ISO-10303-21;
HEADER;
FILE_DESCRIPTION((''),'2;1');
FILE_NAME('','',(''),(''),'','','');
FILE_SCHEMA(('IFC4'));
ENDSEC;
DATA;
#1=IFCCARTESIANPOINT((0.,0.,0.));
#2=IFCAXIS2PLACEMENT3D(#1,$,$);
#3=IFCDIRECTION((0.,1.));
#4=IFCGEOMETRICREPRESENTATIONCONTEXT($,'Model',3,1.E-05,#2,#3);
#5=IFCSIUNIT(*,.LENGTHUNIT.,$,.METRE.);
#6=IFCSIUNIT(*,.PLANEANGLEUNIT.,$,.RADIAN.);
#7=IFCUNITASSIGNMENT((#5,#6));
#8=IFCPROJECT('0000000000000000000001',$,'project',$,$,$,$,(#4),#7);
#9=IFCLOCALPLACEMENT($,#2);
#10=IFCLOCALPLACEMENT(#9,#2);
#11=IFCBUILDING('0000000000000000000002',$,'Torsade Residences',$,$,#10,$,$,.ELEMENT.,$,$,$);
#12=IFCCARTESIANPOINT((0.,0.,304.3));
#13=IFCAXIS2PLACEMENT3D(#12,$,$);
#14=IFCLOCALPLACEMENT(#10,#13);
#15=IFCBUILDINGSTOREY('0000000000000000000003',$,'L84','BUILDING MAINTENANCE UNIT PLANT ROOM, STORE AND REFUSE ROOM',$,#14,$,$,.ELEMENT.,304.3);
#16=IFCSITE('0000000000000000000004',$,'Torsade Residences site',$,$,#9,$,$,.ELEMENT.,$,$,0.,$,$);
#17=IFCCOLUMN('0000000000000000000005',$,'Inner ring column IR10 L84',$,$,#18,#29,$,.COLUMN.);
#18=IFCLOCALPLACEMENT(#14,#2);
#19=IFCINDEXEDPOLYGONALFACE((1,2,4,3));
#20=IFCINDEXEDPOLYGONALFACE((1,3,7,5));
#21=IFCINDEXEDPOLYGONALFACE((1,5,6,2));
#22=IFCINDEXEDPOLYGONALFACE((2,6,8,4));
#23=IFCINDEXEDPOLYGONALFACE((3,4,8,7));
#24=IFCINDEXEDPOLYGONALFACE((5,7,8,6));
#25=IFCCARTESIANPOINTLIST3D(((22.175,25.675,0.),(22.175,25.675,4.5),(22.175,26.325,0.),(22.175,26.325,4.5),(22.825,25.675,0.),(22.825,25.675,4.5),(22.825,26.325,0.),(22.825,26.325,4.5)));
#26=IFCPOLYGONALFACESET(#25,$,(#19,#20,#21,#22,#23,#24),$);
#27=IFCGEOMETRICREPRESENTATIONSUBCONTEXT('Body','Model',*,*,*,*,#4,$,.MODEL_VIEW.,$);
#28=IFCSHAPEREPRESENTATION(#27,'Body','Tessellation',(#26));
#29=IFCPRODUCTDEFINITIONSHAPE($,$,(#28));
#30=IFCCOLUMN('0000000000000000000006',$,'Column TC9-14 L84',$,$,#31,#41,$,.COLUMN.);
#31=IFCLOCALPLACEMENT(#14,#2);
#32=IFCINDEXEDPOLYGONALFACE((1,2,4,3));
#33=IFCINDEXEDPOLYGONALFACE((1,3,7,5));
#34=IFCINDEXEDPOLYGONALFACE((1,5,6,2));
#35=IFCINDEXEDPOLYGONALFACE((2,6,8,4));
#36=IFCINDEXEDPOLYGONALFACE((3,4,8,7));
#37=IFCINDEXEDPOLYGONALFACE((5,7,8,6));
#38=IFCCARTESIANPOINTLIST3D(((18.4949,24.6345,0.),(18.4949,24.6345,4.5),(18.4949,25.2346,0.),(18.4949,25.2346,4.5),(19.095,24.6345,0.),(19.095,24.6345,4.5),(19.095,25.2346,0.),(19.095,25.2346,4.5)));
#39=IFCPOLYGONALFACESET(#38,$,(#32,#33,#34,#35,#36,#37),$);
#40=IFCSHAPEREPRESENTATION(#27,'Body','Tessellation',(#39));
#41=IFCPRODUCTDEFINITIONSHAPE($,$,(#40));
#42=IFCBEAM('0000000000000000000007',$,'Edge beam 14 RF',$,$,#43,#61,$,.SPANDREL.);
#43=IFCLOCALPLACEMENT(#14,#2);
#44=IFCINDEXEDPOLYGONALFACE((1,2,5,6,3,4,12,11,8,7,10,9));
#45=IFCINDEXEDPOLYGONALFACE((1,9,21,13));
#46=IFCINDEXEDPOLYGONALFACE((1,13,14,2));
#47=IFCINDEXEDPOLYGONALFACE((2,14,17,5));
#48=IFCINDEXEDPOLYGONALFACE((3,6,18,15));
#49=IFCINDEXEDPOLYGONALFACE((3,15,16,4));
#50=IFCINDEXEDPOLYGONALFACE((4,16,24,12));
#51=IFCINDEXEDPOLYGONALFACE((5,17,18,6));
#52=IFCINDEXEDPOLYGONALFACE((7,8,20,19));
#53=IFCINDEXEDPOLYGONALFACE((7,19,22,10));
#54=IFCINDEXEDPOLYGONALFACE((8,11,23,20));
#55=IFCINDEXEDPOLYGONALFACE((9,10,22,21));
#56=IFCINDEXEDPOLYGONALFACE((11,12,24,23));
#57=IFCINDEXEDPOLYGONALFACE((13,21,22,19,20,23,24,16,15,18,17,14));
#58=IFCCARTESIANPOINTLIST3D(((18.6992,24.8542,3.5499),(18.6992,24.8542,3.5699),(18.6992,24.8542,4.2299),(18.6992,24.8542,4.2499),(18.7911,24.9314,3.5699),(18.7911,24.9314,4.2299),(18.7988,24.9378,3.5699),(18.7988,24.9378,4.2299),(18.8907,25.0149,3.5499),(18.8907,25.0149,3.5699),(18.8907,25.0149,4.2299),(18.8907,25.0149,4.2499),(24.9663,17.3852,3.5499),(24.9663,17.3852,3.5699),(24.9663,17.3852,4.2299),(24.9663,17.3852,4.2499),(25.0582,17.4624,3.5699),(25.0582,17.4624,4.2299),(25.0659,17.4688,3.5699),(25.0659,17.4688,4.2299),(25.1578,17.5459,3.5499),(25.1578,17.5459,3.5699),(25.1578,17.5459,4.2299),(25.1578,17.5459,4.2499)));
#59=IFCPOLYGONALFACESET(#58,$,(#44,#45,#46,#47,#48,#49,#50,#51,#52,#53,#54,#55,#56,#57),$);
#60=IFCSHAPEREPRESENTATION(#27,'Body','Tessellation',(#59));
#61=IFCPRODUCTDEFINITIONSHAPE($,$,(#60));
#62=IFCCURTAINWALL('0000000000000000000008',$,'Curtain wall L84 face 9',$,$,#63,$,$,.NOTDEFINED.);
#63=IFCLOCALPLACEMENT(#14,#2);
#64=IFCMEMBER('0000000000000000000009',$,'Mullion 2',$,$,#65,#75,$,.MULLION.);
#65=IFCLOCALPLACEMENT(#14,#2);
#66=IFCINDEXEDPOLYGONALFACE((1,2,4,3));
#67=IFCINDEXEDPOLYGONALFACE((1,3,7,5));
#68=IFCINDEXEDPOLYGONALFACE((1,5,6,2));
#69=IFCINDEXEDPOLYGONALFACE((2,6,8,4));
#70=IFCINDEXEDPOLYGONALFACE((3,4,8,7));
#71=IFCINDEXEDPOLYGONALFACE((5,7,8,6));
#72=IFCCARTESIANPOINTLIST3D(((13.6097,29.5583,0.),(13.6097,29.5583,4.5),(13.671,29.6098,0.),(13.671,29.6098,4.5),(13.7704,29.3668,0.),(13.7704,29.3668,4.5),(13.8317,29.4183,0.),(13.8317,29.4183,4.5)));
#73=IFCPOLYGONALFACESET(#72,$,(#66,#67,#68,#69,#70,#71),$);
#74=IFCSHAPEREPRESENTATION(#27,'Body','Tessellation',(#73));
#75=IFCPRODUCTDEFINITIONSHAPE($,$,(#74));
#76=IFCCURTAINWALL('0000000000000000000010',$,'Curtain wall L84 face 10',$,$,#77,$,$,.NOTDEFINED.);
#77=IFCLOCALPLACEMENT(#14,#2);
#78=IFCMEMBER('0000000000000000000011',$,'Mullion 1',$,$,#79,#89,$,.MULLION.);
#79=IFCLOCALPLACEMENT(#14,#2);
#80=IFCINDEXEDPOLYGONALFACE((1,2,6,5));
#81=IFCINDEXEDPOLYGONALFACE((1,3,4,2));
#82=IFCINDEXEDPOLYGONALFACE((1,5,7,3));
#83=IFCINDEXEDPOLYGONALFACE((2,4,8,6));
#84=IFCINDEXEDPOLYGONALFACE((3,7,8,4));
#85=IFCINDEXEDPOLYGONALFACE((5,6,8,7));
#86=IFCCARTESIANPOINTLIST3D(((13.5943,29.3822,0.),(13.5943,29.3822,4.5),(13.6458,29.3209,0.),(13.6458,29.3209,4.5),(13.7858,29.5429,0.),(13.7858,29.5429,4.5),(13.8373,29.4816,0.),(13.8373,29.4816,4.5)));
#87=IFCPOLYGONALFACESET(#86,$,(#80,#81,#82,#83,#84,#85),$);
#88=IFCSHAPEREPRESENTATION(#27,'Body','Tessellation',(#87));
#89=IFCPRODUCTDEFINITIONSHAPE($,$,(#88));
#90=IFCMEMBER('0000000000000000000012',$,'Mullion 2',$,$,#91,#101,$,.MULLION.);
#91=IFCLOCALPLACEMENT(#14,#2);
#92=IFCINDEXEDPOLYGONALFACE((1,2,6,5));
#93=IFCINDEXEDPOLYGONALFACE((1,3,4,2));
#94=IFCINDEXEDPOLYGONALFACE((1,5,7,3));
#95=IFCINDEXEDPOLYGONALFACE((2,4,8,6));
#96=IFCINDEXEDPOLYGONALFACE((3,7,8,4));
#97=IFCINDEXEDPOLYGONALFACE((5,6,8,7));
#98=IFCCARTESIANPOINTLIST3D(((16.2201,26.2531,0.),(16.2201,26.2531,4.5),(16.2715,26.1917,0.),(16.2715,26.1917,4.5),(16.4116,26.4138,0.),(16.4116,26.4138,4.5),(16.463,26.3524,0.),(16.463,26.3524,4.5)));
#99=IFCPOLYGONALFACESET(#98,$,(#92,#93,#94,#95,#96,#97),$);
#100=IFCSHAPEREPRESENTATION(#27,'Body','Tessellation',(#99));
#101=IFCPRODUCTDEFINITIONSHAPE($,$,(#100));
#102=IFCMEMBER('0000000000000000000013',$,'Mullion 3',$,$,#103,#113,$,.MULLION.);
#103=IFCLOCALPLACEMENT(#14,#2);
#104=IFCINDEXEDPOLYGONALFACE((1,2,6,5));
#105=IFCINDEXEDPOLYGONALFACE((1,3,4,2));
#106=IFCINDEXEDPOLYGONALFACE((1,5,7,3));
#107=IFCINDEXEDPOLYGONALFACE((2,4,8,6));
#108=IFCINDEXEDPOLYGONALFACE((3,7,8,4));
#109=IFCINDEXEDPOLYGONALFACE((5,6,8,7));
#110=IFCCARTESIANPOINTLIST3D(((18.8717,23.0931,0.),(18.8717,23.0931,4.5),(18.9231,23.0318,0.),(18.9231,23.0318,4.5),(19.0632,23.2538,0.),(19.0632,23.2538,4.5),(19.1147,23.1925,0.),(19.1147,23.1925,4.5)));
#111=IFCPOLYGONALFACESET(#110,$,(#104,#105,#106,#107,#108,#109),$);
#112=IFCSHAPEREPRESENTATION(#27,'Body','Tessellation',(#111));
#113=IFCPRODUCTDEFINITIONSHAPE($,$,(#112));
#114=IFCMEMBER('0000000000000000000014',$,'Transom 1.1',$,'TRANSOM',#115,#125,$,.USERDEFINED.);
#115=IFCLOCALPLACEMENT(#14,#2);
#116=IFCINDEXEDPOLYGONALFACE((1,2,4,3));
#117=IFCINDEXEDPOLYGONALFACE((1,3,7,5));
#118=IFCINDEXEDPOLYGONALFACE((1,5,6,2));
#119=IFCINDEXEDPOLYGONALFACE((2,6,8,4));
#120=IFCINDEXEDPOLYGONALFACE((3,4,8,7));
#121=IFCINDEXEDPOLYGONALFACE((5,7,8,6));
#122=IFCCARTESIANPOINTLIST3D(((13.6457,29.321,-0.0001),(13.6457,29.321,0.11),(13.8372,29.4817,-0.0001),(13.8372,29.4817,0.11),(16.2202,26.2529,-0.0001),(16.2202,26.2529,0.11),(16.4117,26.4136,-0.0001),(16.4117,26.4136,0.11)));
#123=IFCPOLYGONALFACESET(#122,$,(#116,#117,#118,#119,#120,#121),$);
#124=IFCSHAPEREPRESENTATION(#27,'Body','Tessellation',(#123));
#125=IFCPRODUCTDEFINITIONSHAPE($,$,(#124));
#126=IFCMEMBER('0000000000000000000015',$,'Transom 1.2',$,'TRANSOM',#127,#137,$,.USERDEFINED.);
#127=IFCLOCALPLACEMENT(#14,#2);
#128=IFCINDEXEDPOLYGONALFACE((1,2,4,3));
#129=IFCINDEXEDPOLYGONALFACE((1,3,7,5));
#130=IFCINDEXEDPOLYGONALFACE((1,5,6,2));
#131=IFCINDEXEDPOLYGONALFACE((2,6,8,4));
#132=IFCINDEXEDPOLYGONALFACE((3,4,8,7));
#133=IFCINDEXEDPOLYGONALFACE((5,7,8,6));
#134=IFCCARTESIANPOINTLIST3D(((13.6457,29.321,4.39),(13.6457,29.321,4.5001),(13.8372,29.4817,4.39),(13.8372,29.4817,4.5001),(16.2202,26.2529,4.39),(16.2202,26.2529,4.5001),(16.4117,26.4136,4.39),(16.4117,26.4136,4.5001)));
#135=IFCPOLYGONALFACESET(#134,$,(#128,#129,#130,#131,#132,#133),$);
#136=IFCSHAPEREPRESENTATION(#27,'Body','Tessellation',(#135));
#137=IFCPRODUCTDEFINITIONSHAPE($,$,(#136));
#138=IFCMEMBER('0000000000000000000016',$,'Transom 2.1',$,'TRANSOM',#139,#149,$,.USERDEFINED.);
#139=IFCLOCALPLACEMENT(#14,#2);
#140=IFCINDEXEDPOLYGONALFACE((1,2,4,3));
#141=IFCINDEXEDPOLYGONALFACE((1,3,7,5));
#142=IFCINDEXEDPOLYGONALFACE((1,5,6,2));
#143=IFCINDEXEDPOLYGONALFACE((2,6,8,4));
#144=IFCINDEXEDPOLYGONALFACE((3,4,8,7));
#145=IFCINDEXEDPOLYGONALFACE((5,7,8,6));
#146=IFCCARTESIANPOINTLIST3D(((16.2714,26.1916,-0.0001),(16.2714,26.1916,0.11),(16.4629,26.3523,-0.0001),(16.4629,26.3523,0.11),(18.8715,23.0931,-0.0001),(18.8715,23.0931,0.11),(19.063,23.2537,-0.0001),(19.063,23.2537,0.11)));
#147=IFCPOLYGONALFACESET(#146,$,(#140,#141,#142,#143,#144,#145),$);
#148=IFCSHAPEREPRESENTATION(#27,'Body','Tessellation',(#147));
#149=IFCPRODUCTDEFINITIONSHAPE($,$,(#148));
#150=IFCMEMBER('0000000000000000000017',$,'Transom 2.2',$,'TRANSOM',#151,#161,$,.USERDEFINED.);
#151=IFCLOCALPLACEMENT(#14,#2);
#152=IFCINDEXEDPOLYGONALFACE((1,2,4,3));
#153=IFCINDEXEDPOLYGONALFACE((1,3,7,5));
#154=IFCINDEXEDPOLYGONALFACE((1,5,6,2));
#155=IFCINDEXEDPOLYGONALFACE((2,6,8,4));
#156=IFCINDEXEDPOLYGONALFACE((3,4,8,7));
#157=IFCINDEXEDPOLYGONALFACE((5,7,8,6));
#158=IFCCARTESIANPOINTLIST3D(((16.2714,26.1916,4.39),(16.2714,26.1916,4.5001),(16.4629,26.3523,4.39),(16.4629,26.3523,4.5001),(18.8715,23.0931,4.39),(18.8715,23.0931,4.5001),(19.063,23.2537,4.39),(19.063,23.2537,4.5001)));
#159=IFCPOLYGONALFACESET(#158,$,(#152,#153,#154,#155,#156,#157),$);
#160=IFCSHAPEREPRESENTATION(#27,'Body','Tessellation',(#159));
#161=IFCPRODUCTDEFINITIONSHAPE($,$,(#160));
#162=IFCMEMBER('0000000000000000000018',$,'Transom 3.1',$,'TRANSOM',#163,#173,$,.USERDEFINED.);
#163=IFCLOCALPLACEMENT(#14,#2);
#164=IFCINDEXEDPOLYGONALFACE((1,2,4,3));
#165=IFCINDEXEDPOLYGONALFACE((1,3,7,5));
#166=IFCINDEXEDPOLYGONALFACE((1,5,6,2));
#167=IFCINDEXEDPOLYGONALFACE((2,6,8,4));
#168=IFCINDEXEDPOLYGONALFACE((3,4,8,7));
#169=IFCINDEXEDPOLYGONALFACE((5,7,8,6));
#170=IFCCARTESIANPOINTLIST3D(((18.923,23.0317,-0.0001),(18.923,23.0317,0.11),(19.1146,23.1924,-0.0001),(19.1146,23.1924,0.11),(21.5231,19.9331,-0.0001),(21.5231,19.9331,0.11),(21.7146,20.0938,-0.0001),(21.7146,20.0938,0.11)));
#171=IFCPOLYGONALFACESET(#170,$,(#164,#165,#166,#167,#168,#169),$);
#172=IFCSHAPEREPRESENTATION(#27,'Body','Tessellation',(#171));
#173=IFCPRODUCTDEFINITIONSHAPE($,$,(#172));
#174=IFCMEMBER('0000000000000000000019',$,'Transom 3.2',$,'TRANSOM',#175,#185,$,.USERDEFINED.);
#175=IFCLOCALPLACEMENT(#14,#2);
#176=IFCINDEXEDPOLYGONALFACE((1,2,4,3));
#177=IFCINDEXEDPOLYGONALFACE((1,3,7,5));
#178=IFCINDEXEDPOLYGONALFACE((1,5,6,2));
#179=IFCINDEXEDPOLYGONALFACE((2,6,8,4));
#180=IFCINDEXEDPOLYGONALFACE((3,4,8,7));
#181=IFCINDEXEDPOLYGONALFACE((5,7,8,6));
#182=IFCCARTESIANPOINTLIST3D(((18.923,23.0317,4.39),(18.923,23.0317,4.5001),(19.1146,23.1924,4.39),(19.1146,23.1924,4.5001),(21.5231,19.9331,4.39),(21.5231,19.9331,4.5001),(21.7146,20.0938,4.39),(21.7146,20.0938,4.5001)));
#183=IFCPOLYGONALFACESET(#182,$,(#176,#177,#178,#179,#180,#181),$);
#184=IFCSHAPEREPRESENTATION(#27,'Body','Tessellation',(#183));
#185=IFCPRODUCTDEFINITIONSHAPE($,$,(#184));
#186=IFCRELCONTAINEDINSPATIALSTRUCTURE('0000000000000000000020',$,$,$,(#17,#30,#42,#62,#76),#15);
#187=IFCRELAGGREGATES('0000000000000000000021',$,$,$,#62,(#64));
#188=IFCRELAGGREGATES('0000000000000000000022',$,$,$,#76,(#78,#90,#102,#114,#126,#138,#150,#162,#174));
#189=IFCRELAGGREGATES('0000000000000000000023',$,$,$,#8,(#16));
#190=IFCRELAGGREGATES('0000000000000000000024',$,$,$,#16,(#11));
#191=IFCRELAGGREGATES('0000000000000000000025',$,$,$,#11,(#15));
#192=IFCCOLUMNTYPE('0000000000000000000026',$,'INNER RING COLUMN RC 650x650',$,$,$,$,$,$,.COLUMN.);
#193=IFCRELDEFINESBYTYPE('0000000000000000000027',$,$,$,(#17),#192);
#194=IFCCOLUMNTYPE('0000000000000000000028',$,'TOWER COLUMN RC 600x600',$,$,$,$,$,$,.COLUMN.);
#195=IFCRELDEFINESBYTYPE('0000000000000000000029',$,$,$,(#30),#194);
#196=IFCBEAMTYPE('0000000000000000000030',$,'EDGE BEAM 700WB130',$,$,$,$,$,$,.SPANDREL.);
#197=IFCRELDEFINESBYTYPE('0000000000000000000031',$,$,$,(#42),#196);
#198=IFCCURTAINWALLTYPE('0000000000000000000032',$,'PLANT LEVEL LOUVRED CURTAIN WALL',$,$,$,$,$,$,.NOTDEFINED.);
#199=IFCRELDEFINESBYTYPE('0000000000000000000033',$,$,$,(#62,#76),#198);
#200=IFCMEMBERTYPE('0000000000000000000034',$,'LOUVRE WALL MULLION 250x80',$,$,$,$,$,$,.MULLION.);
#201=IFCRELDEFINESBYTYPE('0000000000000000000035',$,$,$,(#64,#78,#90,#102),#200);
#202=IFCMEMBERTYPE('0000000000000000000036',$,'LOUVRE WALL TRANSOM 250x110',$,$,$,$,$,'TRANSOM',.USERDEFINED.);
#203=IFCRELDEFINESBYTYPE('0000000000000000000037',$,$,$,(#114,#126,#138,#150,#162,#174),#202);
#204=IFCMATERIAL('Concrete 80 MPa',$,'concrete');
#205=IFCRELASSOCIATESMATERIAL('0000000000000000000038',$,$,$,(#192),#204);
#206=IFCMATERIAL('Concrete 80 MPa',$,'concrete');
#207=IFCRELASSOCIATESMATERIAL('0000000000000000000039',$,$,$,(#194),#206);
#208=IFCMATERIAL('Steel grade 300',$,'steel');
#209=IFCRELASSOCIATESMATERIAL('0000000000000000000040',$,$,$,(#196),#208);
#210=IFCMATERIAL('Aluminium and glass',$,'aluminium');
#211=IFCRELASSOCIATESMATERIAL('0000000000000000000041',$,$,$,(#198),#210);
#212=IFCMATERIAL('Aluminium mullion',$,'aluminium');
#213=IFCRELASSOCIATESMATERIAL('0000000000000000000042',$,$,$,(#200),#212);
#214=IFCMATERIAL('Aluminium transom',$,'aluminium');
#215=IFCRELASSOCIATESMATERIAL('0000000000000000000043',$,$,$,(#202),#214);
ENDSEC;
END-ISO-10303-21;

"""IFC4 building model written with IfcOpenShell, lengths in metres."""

from ifc_helpers import new_model, si_unit, direction, frame, origin, origin_2d, place, context, subcontext, project, spatial, rectangle, i_section, extrude, material, material_profile, profile_set, type_object, element, aggregate, save


model = new_model("IFC4")

# Units and contexts
model_context = context("Model", 3, precision=1e-05, world=origin(), true_north=direction((0.0, 1.0)))
body_context = subcontext(model_context, "Body", "Model", "MODEL_VIEW")
ifc_project = project(units=[si_unit("LENGTHUNIT", "METRE"), si_unit("PLANEANGLEUNIT", "RADIAN")], contexts=[model_context])

# Site, building, storey
site_placement = place(None, origin())
site = spatial("IfcSite", under=ifc_project, at=site_placement, Name="Torsade Residences site", CompositionType="ELEMENT", RefElevation=0.0)
building_placement = place(site_placement, origin())
building = spatial("IfcBuilding", under=site, at=building_placement, Name="Torsade Residences", CompositionType="ELEMENT")
storey_placement = place(building_placement, frame((0.0, 0.0, 304.3)))
storey = spatial("IfcBuildingStorey", under=building, at=storey_placement, Name="L84", Description="BUILDING MAINTENANCE UNIT PLANT ROOM, STORE AND REFUSE ROOM", CompositionType="ELEMENT", Elevation=304.3)

# Columns
ifc_material_1 = material(Name="Concrete 80 MPa", Category="concrete")
ifc_material_profile_1 = material_profile(ifc_material_1, rectangle(XDim=0.6499, YDim=0.6499, at=origin_2d()), Name="RC 650x650")
ifc_profile_set_1 = profile_set([ifc_material_profile_1], Name="Concrete 80 MPa")
column_type_1 = type_object("IfcColumnType", Name="INNER RING COLUMN RC 650x650", PredefinedType="COLUMN", material=ifc_profile_set_1)
column_1_placement = place(storey_placement, frame((22.5, 26.0, 0.0), z_axis=(0.0, 0.0, 1.0), x_axis=(1.0, 0.0, 0.0)))
element("IfcColumn", 1, at=column_1_placement, inside=storey, type_object=column_type_1, Name="Inner ring column IR10 L84", PredefinedType="COLUMN", context=body_context, shape_type="SweptSolid", body=[
    extrude(rectangle(XDim=0.6499, YDim=0.6499, at=origin_2d()), origin(), (0.0, 0.0, 1.0), 4.5),
])
ifc_material_2 = material(Name="Concrete 80 MPa", Category="concrete")
ifc_material_profile_2 = material_profile(ifc_material_2, rectangle(XDim=0.6001, YDim=0.6001, at=origin_2d()), Name="RC 600x600")
ifc_profile_set_2 = profile_set([ifc_material_profile_2], Name="Concrete 80 MPa")
column_type_2 = type_object("IfcColumnType", Name="TOWER COLUMN RC 600x600", PredefinedType="COLUMN", material=ifc_profile_set_2)
column_2_placement = place(storey_placement, frame((18.7949, 24.9346, 0.0), z_axis=(0.0, 0.0, 1.0), x_axis=(1.0, 0.0, 0.0)))
element("IfcColumn", 2, at=column_2_placement, inside=storey, type_object=column_type_2, Name="Column TC9-14 L84", PredefinedType="COLUMN", context=body_context, shape_type="SweptSolid", body=[
    extrude(rectangle(XDim=0.6001, YDim=0.6001, at=origin_2d()), origin(), (0.0, 0.0, 1.0), 4.5),
])

# Beam
ifc_material_3 = material(Name="Steel grade 300", Category="steel")
ifc_material_profile_3 = material_profile(ifc_material_3, i_section(OverallWidth=0.25, OverallDepth=0.7, WebThickness=0.01, FlangeThickness=0.02, at=origin_2d()), Name="700WB130")
ifc_profile_set_3 = profile_set([ifc_material_profile_3], Name="Steel grade 300")
beam_type_1 = type_object("IfcBeamType", Name="EDGE BEAM 700WB130", PredefinedType="SPANDREL", material=ifc_profile_set_3)
beam_1_placement = place(storey_placement, frame((18.7949, 24.9346, 3.8999), z_axis=(0.642779, -0.766052, 0.0), x_axis=(0.766052, 0.642779, 0.0)))
element("IfcBeam", 3, at=beam_1_placement, inside=storey, type_object=beam_type_1, Name="Edge beam 14 RF", PredefinedType="SPANDREL", context=body_context, shape_type="SweptSolid", body=[
    extrude(i_section(OverallWidth=0.25, OverallDepth=0.7, WebThickness=0.01, FlangeThickness=0.02, at=origin_2d()), origin(), (0.0, 0.0, 1.0), 9.75),
])

# Curtain wall, member
ifc_material_4 = material(Name="Aluminium and glass", Category="aluminium")
curtain_wall_type = type_object("IfcCurtainWallType", Name="PLANT LEVEL LOUVRED CURTAIN WALL", PredefinedType="NOTDEFINED", material=ifc_material_4)
curtain_wall_1_placement = place(storey_placement, origin())
curtain_wall_1 = element("IfcCurtainWall", 4, at=curtain_wall_1_placement, inside=storey, type_object=curtain_wall_type, Name="Curtain wall L84 face 9", PredefinedType="NOTDEFINED")
ifc_material_5 = material(Name="Aluminium mullion", Category="aluminium")
ifc_material_profile_4 = material_profile(ifc_material_5, rectangle(XDim=0.25, YDim=0.0801, at=origin_2d()), Name="LOUVRE WALL MULLION 250x80")
ifc_profile_set_4 = profile_set([ifc_material_profile_4], Name="Aluminium mullion")
member_type_1 = type_object("IfcMemberType", Name="LOUVRE WALL MULLION 250x80", PredefinedType="MULLION", material=ifc_profile_set_4)
member_1_placement = place(storey_placement, frame((13.7207, 29.4883, 0.0), z_axis=(0.0, 0.0, 1.0), x_axis=(0.642788, -0.766044, 0.0)))
member_1 = element("IfcMember", 5, at=member_1_placement, type_object=member_type_1, Name="Mullion 2", PredefinedType="MULLION", context=body_context, shape_type="SweptSolid", body=[
    extrude(rectangle(XDim=0.25, YDim=0.0801, at=origin_2d()), origin(), (0.0, 0.0, 1.0), 4.5),
])
aggregate(curtain_wall_1, [member_1])

# Curtain wall, members
curtain_wall_2_placement = place(storey_placement, origin())
curtain_wall_2 = element("IfcCurtainWall", 6, at=curtain_wall_2_placement, inside=storey, type_object=curtain_wall_type, Name="Curtain wall L84 face 10", PredefinedType="NOTDEFINED")
member_2_placement = place(storey_placement, frame((13.7158, 29.4319, 0.0), z_axis=(0.0, 0.0, 1.0), x_axis=(0.766044, 0.642788, 0.0)))
member_2 = element("IfcMember", 7, at=member_2_placement, type_object=member_type_1, Name="Mullion 1", PredefinedType="MULLION", context=body_context, shape_type="SweptSolid", body=[
    extrude(rectangle(XDim=0.25, YDim=0.0801, at=origin_2d()), origin(), (0.0, 0.0, 1.0), 4.5),
])
member_3_placement = place(storey_placement, frame((16.3416, 26.3027, 0.0), z_axis=(0.0, 0.0, 1.0), x_axis=(0.766044, 0.642788, 0.0)))
member_3 = element("IfcMember", 8, at=member_3_placement, type_object=member_type_1, Name="Mullion 2", PredefinedType="MULLION", context=body_context, shape_type="SweptSolid", body=[
    extrude(rectangle(XDim=0.25, YDim=0.0801, at=origin_2d()), origin(), (0.0, 0.0, 1.0), 4.5),
])
member_4_placement = place(storey_placement, frame((18.9932, 23.1428, 0.0), z_axis=(0.0, 0.0, 1.0), x_axis=(0.766044, 0.642788, 0.0)))
member_4 = element("IfcMember", 9, at=member_4_placement, type_object=member_type_1, Name="Mullion 3", PredefinedType="MULLION", context=body_context, shape_type="SweptSolid", body=[
    extrude(rectangle(XDim=0.25, YDim=0.0801, at=origin_2d()), origin(), (0.0, 0.0, 1.0), 4.5),
])
ifc_material_6 = material(Name="Aluminium transom", Category="aluminium")
ifc_material_profile_5 = material_profile(ifc_material_6, rectangle(XDim=0.25, YDim=0.1101, at=origin_2d()), Name="LOUVRE WALL TRANSOM 250x110")
ifc_profile_set_5 = profile_set([ifc_material_profile_5], Name="Aluminium transom")
member_type_2 = type_object("IfcMemberType", Name="LOUVRE WALL TRANSOM 250x110", ElementType="TRANSOM", PredefinedType="USERDEFINED", material=ifc_profile_set_5)
member_5_placement = place(storey_placement, frame((13.7415, 29.4014, 0.0549), z_axis=(0.642789, -0.766043, 0.0), x_axis=(0.766043, 0.642789, 0.0)))
member_5 = element("IfcMember", 10, at=member_5_placement, type_object=member_type_2, Name="Transom 1.1", ObjectType="TRANSOM", PredefinedType="USERDEFINED", context=body_context, shape_type="SweptSolid", body=[
    extrude(rectangle(XDim=0.25, YDim=0.1101, at=origin_2d()), origin(), (0.0, 0.0, 1.0), 4.0051),
])
member_6_placement = place(storey_placement, frame((13.7415, 29.4014, 4.4451), z_axis=(0.642789, -0.766043, 0.0), x_axis=(0.766043, 0.642789, 0.0)))
member_6 = element("IfcMember", 11, at=member_6_placement, type_object=member_type_2, Name="Transom 1.2", ObjectType="TRANSOM", PredefinedType="USERDEFINED", context=body_context, shape_type="SweptSolid", body=[
    extrude(rectangle(XDim=0.25, YDim=0.1101, at=origin_2d()), origin(), (0.0, 0.0, 1.0), 4.0051),
])
member_7_placement = place(storey_placement, frame((16.3672, 26.272, 0.0549), z_axis=(0.642793, -0.76604, 0.0), x_axis=(0.76604, 0.642793, 0.0)))
member_7 = element("IfcMember", 12, at=member_7_placement, type_object=member_type_2, Name="Transom 2.1", ObjectType="TRANSOM", PredefinedType="USERDEFINED", context=body_context, shape_type="SweptSolid", body=[
    extrude(rectangle(XDim=0.25, YDim=0.1101, at=origin_2d()), origin(), (0.0, 0.0, 1.0), 4.0449),
])
member_8_placement = place(storey_placement, frame((16.3672, 26.272, 4.4451), z_axis=(0.642793, -0.76604, 0.0), x_axis=(0.76604, 0.642793, 0.0)))
member_8 = element("IfcMember", 13, at=member_8_placement, type_object=member_type_2, Name="Transom 2.2", ObjectType="TRANSOM", PredefinedType="USERDEFINED", context=body_context, shape_type="SweptSolid", body=[
    extrude(rectangle(XDim=0.25, YDim=0.1101, at=origin_2d()), origin(), (0.0, 0.0, 1.0), 4.0449),
])
member_9_placement = place(storey_placement, frame((19.0188, 23.1121, 0.0549), z_axis=(0.642793, -0.76604, 0.0), x_axis=(0.76604, 0.642793, 0.0)))
member_9 = element("IfcMember", 14, at=member_9_placement, type_object=member_type_2, Name="Transom 3.1", ObjectType="TRANSOM", PredefinedType="USERDEFINED", context=body_context, shape_type="SweptSolid", body=[
    extrude(rectangle(XDim=0.25, YDim=0.1101, at=origin_2d()), origin(), (0.0, 0.0, 1.0), 4.0449),
])
member_10_placement = place(storey_placement, frame((19.0188, 23.1121, 4.4451), z_axis=(0.642793, -0.76604, 0.0), x_axis=(0.76604, 0.642793, 0.0)))
member_10 = element("IfcMember", 15, at=member_10_placement, type_object=member_type_2, Name="Transom 3.2", ObjectType="TRANSOM", PredefinedType="USERDEFINED", context=body_context, shape_type="SweptSolid", body=[
    extrude(rectangle(XDim=0.25, YDim=0.1101, at=origin_2d()), origin(), (0.0, 0.0, 1.0), 4.0449),
])

aggregate(curtain_wall_2, [member_2, member_3, member_4, member_5, member_6, member_7, member_8, member_9, member_10])

save(model, "model.ifc")
